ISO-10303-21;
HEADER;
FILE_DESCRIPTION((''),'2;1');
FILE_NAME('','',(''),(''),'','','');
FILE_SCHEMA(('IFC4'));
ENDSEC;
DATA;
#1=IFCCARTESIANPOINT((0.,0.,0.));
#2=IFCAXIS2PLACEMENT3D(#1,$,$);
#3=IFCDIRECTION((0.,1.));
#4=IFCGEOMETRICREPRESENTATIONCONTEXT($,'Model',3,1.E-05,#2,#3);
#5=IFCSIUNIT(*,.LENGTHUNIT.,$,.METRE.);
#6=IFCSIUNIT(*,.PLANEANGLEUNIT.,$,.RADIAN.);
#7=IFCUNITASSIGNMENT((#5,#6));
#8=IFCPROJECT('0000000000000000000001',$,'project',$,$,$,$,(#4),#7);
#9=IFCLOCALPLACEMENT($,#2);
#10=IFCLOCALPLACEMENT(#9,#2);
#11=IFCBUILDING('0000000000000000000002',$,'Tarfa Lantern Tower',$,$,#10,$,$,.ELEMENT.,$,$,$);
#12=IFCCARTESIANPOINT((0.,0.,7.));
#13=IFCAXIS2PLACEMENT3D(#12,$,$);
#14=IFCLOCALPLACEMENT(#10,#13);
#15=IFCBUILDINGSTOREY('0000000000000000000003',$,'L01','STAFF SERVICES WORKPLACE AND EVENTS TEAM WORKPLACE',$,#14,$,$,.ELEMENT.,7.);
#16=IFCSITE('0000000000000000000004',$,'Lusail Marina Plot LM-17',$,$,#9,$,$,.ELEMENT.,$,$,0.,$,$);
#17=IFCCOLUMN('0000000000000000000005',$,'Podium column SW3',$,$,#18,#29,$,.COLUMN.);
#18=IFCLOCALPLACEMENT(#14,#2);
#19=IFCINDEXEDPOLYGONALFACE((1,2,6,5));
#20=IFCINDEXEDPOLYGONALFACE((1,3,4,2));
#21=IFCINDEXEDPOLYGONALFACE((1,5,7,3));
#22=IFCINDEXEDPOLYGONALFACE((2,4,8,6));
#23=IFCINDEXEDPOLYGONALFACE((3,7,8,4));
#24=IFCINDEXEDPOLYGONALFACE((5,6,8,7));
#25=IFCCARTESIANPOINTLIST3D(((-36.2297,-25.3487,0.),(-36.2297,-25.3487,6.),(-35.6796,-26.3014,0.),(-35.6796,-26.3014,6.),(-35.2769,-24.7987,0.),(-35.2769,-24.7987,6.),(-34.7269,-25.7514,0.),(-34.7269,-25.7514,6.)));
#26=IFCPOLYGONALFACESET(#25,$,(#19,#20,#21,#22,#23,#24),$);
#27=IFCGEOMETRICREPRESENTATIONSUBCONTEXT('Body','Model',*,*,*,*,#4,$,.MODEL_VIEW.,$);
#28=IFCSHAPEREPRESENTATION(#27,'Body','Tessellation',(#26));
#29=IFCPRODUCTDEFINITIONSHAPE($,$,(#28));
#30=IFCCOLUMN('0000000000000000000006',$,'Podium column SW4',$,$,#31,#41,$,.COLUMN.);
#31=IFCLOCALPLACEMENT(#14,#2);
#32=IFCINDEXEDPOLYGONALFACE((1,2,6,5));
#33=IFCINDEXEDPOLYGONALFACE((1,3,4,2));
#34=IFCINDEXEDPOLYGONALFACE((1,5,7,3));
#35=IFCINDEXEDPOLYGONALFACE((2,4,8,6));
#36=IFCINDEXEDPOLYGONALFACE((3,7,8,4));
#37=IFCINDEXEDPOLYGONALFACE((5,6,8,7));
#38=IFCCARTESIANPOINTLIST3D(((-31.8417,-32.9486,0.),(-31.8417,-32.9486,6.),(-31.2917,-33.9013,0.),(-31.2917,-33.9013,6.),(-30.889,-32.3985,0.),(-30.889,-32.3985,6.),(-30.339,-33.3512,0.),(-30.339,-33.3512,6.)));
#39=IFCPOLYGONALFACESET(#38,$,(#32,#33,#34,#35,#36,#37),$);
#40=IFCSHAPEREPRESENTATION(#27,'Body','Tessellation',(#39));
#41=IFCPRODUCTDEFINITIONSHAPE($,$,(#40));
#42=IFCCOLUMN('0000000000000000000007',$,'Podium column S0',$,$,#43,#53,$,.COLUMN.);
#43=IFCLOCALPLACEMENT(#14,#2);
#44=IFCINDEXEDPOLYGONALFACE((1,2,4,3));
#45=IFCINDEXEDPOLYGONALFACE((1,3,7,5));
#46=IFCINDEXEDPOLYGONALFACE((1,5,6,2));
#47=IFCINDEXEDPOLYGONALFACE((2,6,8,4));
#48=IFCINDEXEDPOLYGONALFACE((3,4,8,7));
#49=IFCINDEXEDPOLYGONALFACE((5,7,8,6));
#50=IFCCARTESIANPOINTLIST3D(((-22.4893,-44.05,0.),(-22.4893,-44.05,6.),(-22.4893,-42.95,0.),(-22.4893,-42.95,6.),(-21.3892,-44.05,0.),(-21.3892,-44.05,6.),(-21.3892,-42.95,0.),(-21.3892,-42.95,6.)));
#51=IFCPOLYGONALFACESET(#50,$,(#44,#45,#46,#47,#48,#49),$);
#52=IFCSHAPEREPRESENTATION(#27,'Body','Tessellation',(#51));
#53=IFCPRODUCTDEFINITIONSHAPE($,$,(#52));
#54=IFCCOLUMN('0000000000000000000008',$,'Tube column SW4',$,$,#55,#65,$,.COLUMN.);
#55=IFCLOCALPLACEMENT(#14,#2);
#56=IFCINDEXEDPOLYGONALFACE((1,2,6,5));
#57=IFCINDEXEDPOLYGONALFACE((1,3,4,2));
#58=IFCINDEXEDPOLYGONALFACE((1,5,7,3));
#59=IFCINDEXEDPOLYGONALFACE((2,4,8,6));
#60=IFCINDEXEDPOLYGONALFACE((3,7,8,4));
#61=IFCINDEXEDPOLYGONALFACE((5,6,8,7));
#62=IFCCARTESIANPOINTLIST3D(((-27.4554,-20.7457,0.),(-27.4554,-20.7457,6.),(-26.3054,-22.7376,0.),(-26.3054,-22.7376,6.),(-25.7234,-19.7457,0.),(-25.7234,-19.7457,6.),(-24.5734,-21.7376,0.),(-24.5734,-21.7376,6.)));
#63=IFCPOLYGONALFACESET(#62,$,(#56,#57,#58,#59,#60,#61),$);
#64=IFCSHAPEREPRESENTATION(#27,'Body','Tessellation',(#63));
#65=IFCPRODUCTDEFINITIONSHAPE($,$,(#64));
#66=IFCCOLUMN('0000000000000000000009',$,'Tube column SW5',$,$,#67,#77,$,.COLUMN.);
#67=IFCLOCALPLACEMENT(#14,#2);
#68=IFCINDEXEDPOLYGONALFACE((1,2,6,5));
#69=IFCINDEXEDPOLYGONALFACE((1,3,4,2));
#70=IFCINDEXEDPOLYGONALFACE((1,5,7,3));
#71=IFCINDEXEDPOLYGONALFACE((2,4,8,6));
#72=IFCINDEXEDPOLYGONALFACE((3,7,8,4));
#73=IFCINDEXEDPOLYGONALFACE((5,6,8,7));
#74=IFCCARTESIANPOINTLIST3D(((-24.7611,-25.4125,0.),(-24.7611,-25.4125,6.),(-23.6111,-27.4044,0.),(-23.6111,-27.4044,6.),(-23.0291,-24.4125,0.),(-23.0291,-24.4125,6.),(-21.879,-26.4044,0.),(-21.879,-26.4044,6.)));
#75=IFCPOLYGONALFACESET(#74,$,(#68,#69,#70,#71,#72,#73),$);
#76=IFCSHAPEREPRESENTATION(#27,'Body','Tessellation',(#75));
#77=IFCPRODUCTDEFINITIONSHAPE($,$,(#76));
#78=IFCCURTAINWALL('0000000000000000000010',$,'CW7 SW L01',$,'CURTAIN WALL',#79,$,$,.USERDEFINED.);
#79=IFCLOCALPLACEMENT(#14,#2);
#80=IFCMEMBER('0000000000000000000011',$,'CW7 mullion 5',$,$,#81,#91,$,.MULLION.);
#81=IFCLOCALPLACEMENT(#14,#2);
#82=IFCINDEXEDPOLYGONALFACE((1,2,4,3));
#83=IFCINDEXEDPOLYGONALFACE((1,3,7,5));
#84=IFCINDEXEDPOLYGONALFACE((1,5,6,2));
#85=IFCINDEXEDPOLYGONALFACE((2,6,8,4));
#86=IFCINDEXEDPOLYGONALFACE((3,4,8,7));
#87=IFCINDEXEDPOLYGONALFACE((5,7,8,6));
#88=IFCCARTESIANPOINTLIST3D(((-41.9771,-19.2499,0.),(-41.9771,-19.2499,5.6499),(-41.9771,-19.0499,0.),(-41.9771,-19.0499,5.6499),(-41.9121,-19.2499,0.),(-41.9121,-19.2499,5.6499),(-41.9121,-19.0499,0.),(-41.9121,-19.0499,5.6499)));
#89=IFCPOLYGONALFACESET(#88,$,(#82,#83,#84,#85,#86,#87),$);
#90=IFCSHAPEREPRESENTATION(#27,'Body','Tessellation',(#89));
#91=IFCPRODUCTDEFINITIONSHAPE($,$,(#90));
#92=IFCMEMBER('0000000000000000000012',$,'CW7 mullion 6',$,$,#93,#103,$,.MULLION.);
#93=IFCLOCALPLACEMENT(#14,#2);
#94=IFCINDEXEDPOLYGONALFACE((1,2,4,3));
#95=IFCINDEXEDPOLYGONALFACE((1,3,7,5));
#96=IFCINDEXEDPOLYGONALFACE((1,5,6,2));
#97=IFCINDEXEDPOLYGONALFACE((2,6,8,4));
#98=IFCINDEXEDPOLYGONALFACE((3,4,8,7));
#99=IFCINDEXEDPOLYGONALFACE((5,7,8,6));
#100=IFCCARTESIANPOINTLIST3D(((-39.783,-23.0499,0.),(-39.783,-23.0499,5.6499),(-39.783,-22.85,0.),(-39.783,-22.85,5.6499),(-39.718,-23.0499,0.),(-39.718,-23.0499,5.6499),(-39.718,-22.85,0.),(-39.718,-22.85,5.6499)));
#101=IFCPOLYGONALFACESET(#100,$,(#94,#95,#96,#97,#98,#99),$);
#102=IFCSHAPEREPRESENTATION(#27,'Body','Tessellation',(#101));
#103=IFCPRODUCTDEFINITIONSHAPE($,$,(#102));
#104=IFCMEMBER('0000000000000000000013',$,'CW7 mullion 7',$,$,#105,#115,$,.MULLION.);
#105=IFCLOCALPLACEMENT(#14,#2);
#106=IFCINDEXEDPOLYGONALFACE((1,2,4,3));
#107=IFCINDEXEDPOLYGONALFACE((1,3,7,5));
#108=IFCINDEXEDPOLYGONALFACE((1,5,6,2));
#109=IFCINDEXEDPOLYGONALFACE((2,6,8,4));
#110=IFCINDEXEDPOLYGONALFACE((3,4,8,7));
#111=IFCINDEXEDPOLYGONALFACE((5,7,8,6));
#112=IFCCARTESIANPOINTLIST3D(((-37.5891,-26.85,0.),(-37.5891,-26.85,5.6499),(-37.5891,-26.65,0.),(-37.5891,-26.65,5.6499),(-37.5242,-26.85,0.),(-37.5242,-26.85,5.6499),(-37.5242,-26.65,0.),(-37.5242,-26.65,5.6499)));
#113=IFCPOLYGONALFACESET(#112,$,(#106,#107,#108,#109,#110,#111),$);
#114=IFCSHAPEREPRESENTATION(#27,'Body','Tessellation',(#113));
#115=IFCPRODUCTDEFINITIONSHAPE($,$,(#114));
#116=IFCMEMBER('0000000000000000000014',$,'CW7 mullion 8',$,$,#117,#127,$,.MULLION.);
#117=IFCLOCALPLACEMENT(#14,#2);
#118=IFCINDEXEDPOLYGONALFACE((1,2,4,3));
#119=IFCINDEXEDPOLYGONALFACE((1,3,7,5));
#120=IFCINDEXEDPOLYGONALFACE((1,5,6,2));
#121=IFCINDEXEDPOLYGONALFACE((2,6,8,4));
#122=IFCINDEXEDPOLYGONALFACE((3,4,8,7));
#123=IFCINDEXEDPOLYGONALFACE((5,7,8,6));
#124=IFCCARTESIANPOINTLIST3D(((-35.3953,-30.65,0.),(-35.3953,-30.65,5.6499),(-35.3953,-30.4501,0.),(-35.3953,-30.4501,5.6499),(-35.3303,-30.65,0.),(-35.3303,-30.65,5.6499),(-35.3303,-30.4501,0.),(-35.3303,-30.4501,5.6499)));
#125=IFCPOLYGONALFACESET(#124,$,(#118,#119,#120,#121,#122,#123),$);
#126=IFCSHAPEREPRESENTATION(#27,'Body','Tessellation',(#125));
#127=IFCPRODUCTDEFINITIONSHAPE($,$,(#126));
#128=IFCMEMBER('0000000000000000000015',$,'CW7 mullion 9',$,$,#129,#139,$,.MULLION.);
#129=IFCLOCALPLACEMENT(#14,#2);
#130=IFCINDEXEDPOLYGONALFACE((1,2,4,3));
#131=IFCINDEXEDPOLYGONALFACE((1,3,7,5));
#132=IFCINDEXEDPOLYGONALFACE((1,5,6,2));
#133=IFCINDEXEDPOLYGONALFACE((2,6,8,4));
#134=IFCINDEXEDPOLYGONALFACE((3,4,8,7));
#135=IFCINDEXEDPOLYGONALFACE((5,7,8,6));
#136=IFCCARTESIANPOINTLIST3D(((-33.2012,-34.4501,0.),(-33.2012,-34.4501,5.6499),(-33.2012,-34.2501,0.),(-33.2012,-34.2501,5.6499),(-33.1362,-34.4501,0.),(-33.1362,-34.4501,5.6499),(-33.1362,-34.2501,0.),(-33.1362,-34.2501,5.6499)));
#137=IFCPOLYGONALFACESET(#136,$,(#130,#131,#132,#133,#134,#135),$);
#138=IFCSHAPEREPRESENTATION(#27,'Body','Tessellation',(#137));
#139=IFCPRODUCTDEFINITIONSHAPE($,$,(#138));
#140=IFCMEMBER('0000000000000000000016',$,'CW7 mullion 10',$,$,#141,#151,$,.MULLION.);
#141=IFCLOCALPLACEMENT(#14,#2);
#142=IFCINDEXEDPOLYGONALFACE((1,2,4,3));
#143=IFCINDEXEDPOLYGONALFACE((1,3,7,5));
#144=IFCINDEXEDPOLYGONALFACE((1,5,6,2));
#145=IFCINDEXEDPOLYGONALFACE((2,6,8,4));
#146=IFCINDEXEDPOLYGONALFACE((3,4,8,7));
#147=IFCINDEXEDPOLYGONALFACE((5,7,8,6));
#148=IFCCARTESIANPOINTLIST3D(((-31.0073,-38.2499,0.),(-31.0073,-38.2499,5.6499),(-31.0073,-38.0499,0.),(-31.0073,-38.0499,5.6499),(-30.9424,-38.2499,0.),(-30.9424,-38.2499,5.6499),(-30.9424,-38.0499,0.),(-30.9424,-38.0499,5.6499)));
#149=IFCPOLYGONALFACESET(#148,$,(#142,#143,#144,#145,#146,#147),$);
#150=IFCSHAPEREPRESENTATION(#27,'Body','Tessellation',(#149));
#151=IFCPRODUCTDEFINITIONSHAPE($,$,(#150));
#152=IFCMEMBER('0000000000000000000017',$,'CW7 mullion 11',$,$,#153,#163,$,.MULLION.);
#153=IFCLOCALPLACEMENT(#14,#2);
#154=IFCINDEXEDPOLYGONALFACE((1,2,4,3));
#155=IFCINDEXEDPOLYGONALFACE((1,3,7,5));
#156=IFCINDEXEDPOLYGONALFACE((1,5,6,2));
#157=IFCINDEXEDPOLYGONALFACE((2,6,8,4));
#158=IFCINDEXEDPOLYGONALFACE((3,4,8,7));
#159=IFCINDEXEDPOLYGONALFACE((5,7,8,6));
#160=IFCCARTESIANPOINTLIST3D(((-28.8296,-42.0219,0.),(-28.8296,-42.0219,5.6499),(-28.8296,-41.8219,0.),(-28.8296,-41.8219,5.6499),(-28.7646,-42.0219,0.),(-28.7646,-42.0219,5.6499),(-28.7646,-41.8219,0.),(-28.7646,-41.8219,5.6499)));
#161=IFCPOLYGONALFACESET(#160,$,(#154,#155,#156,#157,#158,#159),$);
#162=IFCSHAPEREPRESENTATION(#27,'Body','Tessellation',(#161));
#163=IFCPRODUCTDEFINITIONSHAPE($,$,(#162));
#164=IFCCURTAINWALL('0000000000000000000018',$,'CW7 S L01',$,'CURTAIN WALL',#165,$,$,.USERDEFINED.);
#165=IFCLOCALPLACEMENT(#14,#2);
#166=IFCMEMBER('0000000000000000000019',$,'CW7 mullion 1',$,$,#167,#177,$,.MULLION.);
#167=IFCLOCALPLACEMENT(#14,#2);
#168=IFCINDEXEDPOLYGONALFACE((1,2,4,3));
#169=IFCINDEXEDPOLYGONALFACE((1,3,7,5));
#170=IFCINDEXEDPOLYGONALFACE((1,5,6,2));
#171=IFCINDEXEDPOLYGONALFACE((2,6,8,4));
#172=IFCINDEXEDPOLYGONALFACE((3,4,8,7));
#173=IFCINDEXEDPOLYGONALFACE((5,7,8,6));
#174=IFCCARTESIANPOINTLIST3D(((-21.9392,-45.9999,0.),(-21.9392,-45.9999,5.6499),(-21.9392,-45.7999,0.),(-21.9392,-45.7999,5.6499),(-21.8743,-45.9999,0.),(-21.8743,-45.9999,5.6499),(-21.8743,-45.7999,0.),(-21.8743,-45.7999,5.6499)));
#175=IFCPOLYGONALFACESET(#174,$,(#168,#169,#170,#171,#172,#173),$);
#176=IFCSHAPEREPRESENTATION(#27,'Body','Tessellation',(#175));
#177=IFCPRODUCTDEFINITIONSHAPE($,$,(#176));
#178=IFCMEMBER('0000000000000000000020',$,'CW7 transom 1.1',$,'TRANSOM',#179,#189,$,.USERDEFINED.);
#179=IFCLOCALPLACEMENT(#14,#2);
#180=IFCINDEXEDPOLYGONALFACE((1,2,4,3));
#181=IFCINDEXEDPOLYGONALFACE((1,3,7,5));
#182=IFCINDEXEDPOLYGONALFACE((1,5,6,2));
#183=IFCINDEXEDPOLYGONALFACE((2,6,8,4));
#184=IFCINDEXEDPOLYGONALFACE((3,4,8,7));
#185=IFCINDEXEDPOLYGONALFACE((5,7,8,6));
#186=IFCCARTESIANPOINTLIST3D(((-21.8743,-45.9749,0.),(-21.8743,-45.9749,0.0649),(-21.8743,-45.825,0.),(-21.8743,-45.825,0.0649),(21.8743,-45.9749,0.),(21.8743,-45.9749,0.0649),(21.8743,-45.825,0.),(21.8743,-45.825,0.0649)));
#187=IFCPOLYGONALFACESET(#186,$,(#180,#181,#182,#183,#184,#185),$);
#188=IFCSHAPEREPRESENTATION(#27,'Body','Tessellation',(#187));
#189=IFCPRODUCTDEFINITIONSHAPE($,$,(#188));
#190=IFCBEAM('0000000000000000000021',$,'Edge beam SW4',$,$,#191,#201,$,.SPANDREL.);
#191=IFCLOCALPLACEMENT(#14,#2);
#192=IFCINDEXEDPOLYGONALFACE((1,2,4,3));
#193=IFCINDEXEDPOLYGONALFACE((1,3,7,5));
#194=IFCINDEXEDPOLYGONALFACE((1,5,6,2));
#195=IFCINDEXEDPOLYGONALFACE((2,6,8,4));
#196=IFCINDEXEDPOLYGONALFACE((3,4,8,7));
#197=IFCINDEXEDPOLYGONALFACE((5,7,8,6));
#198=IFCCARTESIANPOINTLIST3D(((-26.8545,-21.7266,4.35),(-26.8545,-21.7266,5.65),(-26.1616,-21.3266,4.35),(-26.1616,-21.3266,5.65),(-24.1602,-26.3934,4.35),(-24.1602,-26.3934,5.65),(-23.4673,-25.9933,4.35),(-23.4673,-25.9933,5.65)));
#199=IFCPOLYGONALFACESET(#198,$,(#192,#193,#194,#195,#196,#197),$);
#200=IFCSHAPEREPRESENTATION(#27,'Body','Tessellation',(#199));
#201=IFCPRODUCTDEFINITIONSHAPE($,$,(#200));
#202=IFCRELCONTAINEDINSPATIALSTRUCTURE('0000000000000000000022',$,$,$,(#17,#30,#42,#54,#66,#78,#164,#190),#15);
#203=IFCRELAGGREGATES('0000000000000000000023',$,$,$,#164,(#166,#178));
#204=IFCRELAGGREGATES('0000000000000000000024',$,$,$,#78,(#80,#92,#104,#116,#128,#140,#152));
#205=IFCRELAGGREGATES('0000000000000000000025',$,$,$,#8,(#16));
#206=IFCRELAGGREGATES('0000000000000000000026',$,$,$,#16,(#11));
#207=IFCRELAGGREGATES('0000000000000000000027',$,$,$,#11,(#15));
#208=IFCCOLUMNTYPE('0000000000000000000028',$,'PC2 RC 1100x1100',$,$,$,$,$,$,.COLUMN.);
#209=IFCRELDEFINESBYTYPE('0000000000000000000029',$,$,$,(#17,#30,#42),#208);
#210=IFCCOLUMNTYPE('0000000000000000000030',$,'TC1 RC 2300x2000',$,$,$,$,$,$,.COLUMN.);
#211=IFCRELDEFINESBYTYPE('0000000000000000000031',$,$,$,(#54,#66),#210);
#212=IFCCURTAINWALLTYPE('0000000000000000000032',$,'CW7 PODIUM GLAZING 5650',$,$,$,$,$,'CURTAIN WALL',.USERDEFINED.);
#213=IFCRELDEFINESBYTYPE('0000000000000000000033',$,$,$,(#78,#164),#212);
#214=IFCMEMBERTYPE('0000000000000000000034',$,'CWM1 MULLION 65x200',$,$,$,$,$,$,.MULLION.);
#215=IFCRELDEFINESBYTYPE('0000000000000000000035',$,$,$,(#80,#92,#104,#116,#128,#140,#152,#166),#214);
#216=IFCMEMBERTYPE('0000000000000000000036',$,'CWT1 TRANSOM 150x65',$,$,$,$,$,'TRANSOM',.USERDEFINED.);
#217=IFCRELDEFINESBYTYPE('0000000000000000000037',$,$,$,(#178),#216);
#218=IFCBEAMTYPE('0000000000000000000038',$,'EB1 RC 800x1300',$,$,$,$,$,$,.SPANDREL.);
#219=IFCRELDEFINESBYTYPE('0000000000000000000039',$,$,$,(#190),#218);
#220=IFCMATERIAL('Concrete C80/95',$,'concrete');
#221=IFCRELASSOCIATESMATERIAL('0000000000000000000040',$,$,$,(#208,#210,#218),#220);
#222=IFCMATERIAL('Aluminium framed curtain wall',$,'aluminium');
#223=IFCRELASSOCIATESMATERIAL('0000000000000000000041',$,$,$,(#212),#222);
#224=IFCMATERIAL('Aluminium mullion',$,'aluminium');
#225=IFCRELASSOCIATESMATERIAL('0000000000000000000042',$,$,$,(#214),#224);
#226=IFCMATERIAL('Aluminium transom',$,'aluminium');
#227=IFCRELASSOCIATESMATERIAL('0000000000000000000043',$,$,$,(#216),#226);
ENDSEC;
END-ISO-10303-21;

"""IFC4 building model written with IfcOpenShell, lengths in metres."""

from ifc_helpers import new_model, si_unit, direction, frame, origin, origin_2d, place, context, subcontext, project, spatial, rectangle, extrude, material, material_profile, profile_set, type_object, element, aggregate, save


model = new_model("IFC4")

# Units and contexts
model_context = context("Model", 3, precision=1e-05, world=origin(), true_north=direction((0.0, 1.0)))
body_context = subcontext(model_context, "Body", "Model", "MODEL_VIEW")
ifc_project = project(units=[si_unit("LENGTHUNIT", "METRE"), si_unit("PLANEANGLEUNIT", "RADIAN")], contexts=[model_context])

# Site, building, storey
site_placement = place(None, origin())
site = spatial("IfcSite", under=ifc_project, at=site_placement, Name="Lusail Marina Plot LM-17", CompositionType="ELEMENT", RefElevation=0.0)
building_placement = place(site_placement, origin())
building = spatial("IfcBuilding", under=site, at=building_placement, Name="Tarfa Lantern Tower", CompositionType="ELEMENT")
storey_placement = place(building_placement, frame((0.0, 0.0, 7.0)))
storey = spatial("IfcBuildingStorey", under=building, at=storey_placement, Name="L01", Description="STAFF SERVICES WORKPLACE AND EVENTS TEAM WORKPLACE", CompositionType="ELEMENT", Elevation=7.0)

# Columns
ifc_material_1 = material(Name="Concrete C80/95", Category="concrete")
ifc_material_profile_1 = material_profile(ifc_material_1, rectangle(XDim=1.1001, YDim=1.1001, at=origin_2d()), Name="RC 1100x1100")
ifc_profile_set_1 = profile_set([ifc_material_profile_1], Name="Concrete C80/95")
column_type_1 = type_object("IfcColumnType", Name="PC2 RC 1100x1100", PredefinedType="COLUMN", material=ifc_profile_set_1)
for number, where, z_axis, x_axis, name in (
    (1, (-35.4783, -25.55, 0.0), (0.0, 0.0, 1.0), (0.5, -0.866025, 0.0), "Podium column SW3"),
    (2, (-31.0903, -33.1499, 0.0), (0.0, 0.0, 1.0), (0.5, -0.866025, 0.0), "Podium column SW4"),
    (3, (-21.9392, -43.5, 0.0), (0.0, 0.0, 1.0), (1.0, 0.0, 0.0), "Podium column S0"),
):
    element("IfcColumn", number, at=place(storey_placement, frame(where, z_axis=z_axis, x_axis=x_axis)), inside=storey, type_object=column_type_1, Name=name, PredefinedType="COLUMN", context=body_context, shape_type="SweptSolid", body=[
        extrude(rectangle(XDim=1.1001, YDim=1.1001, at=origin_2d()), origin(), (0.0, 0.0, 1.0), 6.0),
    ])
ifc_material_profile_2 = material_profile(ifc_material_1, rectangle(XDim=2.3, YDim=2.0, at=origin_2d()), Name="RC 2300x2000")
ifc_profile_set_2 = profile_set([ifc_material_profile_2], Name="Concrete C80/95")
column_type_2 = type_object("IfcColumnType", Name="TC1 RC 2300x2000", PredefinedType="COLUMN", material=ifc_profile_set_2)
for number, where, z_axis, x_axis, name in (
    (4, (-26.0144, -21.2417, 0.0), (0.0, 0.0, 1.0), (0.5, -0.866025, 0.0), "Tube column SW4"),
    (5, (-23.3201, -25.9084, 0.0), (0.0, 0.0, 1.0), (0.5, -0.866025, 0.0), "Tube column SW5"),
):
    element("IfcColumn", number, at=place(storey_placement, frame(where, z_axis=z_axis, x_axis=x_axis)), inside=storey, type_object=column_type_2, Name=name, PredefinedType="COLUMN", context=body_context, shape_type="SweptSolid", body=[
        extrude(rectangle(XDim=2.3, YDim=2.0, at=origin_2d()), origin(), (0.0, 0.0, 1.0), 6.0),
    ])

# Curtain walls, members
ifc_material_2 = material(Name="Aluminium framed curtain wall", Category="aluminium")
curtain_wall_type = type_object("IfcCurtainWallType", Name="CW7 PODIUM GLAZING 5650", ElementType="CURTAIN WALL", PredefinedType="USERDEFINED", material=ifc_material_2)
curtain_wall_1_placement = place(storey_placement, origin())
curtain_wall_1 = element("IfcCurtainWall", 6, at=curtain_wall_1_placement, inside=storey, type_object=curtain_wall_type, Name="CW7 SW L01", ObjectType="CURTAIN WALL", PredefinedType="USERDEFINED")
ifc_material_3 = material(Name="Aluminium mullion", Category="aluminium")
ifc_material_profile_3 = material_profile(ifc_material_3, rectangle(XDim=0.0649, YDim=0.2, at=origin_2d()), Name="AL MULLION 65x200")
ifc_profile_set_3 = profile_set([ifc_material_profile_3], Name="Aluminium mullion")
member_type_1 = type_object("IfcMemberType", Name="CWM1 MULLION 65x200", PredefinedType="MULLION", material=ifc_profile_set_3)
member_1_placement = place(storey_placement, frame((-41.9446, -19.1499, 0.0), z_axis=(0.0, 0.0, 1.0), x_axis=(1.0, 0.0, 0.0)))
member_1 = element("IfcMember", 7, at=member_1_placement, type_object=member_type_1, Name="CW7 mullion 5", PredefinedType="MULLION", context=body_context, shape_type="SweptSolid", body=[
    extrude(rectangle(XDim=0.0649, YDim=0.2, at=origin_2d()), origin(), (0.0, 0.0, 1.0), 5.6499),
])
member_2_placement = place(storey_placement, frame((-39.7505, -22.95, 0.0), z_axis=(0.0, 0.0, 1.0), x_axis=(1.0, 0.0, 0.0)))
member_2 = element("IfcMember", 8, at=member_2_placement, type_object=member_type_1, Name="CW7 mullion 6", PredefinedType="MULLION", context=body_context, shape_type="SweptSolid", body=[
    extrude(rectangle(XDim=0.0649, YDim=0.2, at=origin_2d()), origin(), (0.0, 0.0, 1.0), 5.6499),
])
member_3_placement = place(storey_placement, frame((-37.5566, -26.75, 0.0), z_axis=(0.0, 0.0, 1.0), x_axis=(1.0, 0.0, 0.0)))
member_3 = element("IfcMember", 9, at=member_3_placement, type_object=member_type_1, Name="CW7 mullion 7", PredefinedType="MULLION", context=body_context, shape_type="SweptSolid", body=[
    extrude(rectangle(XDim=0.0649, YDim=0.2, at=origin_2d()), origin(), (0.0, 0.0, 1.0), 5.6499),
])
member_4_placement = place(storey_placement, frame((-35.3628, -30.55, 0.0), z_axis=(0.0, 0.0, 1.0), x_axis=(1.0, 0.0, 0.0)))
member_4 = element("IfcMember", 10, at=member_4_placement, type_object=member_type_1, Name="CW7 mullion 8", PredefinedType="MULLION", context=body_context, shape_type="SweptSolid", body=[
    extrude(rectangle(XDim=0.0649, YDim=0.2, at=origin_2d()), origin(), (0.0, 0.0, 1.0), 5.6499),
])
member_5_placement = place(storey_placement, frame((-33.1687, -34.3501, 0.0), z_axis=(0.0, 0.0, 1.0), x_axis=(1.0, 0.0, 0.0)))
member_5 = element("IfcMember", 11, at=member_5_placement, type_object=member_type_1, Name="CW7 mullion 9", PredefinedType="MULLION", context=body_context, shape_type="SweptSolid", body=[
    extrude(rectangle(XDim=0.0649, YDim=0.2, at=origin_2d()), origin(), (0.0, 0.0, 1.0), 5.6499),
])
member_6_placement = place(storey_placement, frame((-30.9749, -38.1499, 0.0), z_axis=(0.0, 0.0, 1.0), x_axis=(1.0, 0.0, 0.0)))
member_6 = element("IfcMember", 12, at=member_6_placement, type_object=member_type_1, Name="CW7 mullion 10", PredefinedType="MULLION", context=body_context, shape_type="SweptSolid", body=[
    extrude(rectangle(XDim=0.0649, YDim=0.2, at=origin_2d()), origin(), (0.0, 0.0, 1.0), 5.6499),
])
member_7_placement = place(storey_placement, frame((-28.7971, -41.9219, 0.0), z_axis=(0.0, 0.0, 1.0), x_axis=(1.0, 0.0, 0.0)))
member_7 = element("IfcMember", 13, at=member_7_placement, type_object=member_type_1, Name="CW7 mullion 11", PredefinedType="MULLION", context=body_context, shape_type="SweptSolid", body=[
    extrude(rectangle(XDim=0.0649, YDim=0.2, at=origin_2d()), origin(), (0.0, 0.0, 1.0), 5.6499),
])
curtain_wall_2_placement = place(storey_placement, origin())
curtain_wall_2 = element("IfcCurtainWall", 14, at=curtain_wall_2_placement, inside=storey, type_object=curtain_wall_type, Name="CW7 S L01", ObjectType="CURTAIN WALL", PredefinedType="USERDEFINED")
member_8_placement = place(storey_placement, frame((-21.9067, -45.8999, 0.0), z_axis=(0.0, 0.0, 1.0), x_axis=(1.0, 0.0, 0.0)))
member_8 = element("IfcMember", 15, at=member_8_placement, type_object=member_type_1, Name="CW7 mullion 1", PredefinedType="MULLION", context=body_context, shape_type="SweptSolid", body=[
    extrude(rectangle(XDim=0.0649, YDim=0.2, at=origin_2d()), origin(), (0.0, 0.0, 1.0), 5.6499),
])
ifc_material_4 = material(Name="Aluminium transom", Category="aluminium")
ifc_material_profile_4 = material_profile(ifc_material_4, rectangle(XDim=0.1499, YDim=0.0649, at=origin_2d()), Name="AL TRANSOM 150x65")
ifc_profile_set_4 = profile_set([ifc_material_profile_4], Name="Aluminium transom")
member_type_2 = type_object("IfcMemberType", Name="CWT1 TRANSOM 150x65", ElementType="TRANSOM", PredefinedType="USERDEFINED", material=ifc_profile_set_4)
member_9_placement = place(storey_placement, frame((-21.8743, -45.8999, 0.0325), z_axis=(1.0, 0.0, 0.0), x_axis=(0.0, 1.0, 0.0)))
member_9 = element("IfcMember", 16, at=member_9_placement, type_object=member_type_2, Name="CW7 transom 1.1", ObjectType="TRANSOM", PredefinedType="USERDEFINED", context=body_context, shape_type="SweptSolid", body=[
    extrude(rectangle(XDim=0.1499, YDim=0.0649, at=origin_2d()), origin(), (0.0, 0.0, 1.0), 43.7485),
])
aggregate(curtain_wall_2, [member_8, member_9])

# Beam
ifc_material_profile_5 = material_profile(ifc_material_1, rectangle(XDim=0.8, YDim=1.3, at=origin_2d()), Name="RC 800x1300")
ifc_profile_set_5 = profile_set([ifc_material_profile_5], Name="Concrete C80/95")
beam_type_1 = type_object("IfcBeamType", Name="EB1 RC 800x1300", PredefinedType="SPANDREL", material=ifc_profile_set_5)
for number, where, z_axis, x_axis, name in (
    (17, (-26.5081, -21.5266, 5.0), (0.499998, -0.866026, 0.0), (0.866026, 0.499998, 0.0), "Edge beam SW4"),
):
    element("IfcBeam", number, at=place(storey_placement, frame(where, z_axis=z_axis, x_axis=x_axis)), inside=storey, type_object=beam_type_1, Name=name, PredefinedType="SPANDREL", context=body_context, shape_type="SweptSolid", body=[
        extrude(rectangle(XDim=0.8, YDim=1.3, at=origin_2d()), origin(), (0.0, 0.0, 1.0), 5.3887),
    ])

aggregate(curtain_wall_1, [member_1, member_2, member_3, member_4, member_5, member_6, member_7])

save(model, "model.ifc")
